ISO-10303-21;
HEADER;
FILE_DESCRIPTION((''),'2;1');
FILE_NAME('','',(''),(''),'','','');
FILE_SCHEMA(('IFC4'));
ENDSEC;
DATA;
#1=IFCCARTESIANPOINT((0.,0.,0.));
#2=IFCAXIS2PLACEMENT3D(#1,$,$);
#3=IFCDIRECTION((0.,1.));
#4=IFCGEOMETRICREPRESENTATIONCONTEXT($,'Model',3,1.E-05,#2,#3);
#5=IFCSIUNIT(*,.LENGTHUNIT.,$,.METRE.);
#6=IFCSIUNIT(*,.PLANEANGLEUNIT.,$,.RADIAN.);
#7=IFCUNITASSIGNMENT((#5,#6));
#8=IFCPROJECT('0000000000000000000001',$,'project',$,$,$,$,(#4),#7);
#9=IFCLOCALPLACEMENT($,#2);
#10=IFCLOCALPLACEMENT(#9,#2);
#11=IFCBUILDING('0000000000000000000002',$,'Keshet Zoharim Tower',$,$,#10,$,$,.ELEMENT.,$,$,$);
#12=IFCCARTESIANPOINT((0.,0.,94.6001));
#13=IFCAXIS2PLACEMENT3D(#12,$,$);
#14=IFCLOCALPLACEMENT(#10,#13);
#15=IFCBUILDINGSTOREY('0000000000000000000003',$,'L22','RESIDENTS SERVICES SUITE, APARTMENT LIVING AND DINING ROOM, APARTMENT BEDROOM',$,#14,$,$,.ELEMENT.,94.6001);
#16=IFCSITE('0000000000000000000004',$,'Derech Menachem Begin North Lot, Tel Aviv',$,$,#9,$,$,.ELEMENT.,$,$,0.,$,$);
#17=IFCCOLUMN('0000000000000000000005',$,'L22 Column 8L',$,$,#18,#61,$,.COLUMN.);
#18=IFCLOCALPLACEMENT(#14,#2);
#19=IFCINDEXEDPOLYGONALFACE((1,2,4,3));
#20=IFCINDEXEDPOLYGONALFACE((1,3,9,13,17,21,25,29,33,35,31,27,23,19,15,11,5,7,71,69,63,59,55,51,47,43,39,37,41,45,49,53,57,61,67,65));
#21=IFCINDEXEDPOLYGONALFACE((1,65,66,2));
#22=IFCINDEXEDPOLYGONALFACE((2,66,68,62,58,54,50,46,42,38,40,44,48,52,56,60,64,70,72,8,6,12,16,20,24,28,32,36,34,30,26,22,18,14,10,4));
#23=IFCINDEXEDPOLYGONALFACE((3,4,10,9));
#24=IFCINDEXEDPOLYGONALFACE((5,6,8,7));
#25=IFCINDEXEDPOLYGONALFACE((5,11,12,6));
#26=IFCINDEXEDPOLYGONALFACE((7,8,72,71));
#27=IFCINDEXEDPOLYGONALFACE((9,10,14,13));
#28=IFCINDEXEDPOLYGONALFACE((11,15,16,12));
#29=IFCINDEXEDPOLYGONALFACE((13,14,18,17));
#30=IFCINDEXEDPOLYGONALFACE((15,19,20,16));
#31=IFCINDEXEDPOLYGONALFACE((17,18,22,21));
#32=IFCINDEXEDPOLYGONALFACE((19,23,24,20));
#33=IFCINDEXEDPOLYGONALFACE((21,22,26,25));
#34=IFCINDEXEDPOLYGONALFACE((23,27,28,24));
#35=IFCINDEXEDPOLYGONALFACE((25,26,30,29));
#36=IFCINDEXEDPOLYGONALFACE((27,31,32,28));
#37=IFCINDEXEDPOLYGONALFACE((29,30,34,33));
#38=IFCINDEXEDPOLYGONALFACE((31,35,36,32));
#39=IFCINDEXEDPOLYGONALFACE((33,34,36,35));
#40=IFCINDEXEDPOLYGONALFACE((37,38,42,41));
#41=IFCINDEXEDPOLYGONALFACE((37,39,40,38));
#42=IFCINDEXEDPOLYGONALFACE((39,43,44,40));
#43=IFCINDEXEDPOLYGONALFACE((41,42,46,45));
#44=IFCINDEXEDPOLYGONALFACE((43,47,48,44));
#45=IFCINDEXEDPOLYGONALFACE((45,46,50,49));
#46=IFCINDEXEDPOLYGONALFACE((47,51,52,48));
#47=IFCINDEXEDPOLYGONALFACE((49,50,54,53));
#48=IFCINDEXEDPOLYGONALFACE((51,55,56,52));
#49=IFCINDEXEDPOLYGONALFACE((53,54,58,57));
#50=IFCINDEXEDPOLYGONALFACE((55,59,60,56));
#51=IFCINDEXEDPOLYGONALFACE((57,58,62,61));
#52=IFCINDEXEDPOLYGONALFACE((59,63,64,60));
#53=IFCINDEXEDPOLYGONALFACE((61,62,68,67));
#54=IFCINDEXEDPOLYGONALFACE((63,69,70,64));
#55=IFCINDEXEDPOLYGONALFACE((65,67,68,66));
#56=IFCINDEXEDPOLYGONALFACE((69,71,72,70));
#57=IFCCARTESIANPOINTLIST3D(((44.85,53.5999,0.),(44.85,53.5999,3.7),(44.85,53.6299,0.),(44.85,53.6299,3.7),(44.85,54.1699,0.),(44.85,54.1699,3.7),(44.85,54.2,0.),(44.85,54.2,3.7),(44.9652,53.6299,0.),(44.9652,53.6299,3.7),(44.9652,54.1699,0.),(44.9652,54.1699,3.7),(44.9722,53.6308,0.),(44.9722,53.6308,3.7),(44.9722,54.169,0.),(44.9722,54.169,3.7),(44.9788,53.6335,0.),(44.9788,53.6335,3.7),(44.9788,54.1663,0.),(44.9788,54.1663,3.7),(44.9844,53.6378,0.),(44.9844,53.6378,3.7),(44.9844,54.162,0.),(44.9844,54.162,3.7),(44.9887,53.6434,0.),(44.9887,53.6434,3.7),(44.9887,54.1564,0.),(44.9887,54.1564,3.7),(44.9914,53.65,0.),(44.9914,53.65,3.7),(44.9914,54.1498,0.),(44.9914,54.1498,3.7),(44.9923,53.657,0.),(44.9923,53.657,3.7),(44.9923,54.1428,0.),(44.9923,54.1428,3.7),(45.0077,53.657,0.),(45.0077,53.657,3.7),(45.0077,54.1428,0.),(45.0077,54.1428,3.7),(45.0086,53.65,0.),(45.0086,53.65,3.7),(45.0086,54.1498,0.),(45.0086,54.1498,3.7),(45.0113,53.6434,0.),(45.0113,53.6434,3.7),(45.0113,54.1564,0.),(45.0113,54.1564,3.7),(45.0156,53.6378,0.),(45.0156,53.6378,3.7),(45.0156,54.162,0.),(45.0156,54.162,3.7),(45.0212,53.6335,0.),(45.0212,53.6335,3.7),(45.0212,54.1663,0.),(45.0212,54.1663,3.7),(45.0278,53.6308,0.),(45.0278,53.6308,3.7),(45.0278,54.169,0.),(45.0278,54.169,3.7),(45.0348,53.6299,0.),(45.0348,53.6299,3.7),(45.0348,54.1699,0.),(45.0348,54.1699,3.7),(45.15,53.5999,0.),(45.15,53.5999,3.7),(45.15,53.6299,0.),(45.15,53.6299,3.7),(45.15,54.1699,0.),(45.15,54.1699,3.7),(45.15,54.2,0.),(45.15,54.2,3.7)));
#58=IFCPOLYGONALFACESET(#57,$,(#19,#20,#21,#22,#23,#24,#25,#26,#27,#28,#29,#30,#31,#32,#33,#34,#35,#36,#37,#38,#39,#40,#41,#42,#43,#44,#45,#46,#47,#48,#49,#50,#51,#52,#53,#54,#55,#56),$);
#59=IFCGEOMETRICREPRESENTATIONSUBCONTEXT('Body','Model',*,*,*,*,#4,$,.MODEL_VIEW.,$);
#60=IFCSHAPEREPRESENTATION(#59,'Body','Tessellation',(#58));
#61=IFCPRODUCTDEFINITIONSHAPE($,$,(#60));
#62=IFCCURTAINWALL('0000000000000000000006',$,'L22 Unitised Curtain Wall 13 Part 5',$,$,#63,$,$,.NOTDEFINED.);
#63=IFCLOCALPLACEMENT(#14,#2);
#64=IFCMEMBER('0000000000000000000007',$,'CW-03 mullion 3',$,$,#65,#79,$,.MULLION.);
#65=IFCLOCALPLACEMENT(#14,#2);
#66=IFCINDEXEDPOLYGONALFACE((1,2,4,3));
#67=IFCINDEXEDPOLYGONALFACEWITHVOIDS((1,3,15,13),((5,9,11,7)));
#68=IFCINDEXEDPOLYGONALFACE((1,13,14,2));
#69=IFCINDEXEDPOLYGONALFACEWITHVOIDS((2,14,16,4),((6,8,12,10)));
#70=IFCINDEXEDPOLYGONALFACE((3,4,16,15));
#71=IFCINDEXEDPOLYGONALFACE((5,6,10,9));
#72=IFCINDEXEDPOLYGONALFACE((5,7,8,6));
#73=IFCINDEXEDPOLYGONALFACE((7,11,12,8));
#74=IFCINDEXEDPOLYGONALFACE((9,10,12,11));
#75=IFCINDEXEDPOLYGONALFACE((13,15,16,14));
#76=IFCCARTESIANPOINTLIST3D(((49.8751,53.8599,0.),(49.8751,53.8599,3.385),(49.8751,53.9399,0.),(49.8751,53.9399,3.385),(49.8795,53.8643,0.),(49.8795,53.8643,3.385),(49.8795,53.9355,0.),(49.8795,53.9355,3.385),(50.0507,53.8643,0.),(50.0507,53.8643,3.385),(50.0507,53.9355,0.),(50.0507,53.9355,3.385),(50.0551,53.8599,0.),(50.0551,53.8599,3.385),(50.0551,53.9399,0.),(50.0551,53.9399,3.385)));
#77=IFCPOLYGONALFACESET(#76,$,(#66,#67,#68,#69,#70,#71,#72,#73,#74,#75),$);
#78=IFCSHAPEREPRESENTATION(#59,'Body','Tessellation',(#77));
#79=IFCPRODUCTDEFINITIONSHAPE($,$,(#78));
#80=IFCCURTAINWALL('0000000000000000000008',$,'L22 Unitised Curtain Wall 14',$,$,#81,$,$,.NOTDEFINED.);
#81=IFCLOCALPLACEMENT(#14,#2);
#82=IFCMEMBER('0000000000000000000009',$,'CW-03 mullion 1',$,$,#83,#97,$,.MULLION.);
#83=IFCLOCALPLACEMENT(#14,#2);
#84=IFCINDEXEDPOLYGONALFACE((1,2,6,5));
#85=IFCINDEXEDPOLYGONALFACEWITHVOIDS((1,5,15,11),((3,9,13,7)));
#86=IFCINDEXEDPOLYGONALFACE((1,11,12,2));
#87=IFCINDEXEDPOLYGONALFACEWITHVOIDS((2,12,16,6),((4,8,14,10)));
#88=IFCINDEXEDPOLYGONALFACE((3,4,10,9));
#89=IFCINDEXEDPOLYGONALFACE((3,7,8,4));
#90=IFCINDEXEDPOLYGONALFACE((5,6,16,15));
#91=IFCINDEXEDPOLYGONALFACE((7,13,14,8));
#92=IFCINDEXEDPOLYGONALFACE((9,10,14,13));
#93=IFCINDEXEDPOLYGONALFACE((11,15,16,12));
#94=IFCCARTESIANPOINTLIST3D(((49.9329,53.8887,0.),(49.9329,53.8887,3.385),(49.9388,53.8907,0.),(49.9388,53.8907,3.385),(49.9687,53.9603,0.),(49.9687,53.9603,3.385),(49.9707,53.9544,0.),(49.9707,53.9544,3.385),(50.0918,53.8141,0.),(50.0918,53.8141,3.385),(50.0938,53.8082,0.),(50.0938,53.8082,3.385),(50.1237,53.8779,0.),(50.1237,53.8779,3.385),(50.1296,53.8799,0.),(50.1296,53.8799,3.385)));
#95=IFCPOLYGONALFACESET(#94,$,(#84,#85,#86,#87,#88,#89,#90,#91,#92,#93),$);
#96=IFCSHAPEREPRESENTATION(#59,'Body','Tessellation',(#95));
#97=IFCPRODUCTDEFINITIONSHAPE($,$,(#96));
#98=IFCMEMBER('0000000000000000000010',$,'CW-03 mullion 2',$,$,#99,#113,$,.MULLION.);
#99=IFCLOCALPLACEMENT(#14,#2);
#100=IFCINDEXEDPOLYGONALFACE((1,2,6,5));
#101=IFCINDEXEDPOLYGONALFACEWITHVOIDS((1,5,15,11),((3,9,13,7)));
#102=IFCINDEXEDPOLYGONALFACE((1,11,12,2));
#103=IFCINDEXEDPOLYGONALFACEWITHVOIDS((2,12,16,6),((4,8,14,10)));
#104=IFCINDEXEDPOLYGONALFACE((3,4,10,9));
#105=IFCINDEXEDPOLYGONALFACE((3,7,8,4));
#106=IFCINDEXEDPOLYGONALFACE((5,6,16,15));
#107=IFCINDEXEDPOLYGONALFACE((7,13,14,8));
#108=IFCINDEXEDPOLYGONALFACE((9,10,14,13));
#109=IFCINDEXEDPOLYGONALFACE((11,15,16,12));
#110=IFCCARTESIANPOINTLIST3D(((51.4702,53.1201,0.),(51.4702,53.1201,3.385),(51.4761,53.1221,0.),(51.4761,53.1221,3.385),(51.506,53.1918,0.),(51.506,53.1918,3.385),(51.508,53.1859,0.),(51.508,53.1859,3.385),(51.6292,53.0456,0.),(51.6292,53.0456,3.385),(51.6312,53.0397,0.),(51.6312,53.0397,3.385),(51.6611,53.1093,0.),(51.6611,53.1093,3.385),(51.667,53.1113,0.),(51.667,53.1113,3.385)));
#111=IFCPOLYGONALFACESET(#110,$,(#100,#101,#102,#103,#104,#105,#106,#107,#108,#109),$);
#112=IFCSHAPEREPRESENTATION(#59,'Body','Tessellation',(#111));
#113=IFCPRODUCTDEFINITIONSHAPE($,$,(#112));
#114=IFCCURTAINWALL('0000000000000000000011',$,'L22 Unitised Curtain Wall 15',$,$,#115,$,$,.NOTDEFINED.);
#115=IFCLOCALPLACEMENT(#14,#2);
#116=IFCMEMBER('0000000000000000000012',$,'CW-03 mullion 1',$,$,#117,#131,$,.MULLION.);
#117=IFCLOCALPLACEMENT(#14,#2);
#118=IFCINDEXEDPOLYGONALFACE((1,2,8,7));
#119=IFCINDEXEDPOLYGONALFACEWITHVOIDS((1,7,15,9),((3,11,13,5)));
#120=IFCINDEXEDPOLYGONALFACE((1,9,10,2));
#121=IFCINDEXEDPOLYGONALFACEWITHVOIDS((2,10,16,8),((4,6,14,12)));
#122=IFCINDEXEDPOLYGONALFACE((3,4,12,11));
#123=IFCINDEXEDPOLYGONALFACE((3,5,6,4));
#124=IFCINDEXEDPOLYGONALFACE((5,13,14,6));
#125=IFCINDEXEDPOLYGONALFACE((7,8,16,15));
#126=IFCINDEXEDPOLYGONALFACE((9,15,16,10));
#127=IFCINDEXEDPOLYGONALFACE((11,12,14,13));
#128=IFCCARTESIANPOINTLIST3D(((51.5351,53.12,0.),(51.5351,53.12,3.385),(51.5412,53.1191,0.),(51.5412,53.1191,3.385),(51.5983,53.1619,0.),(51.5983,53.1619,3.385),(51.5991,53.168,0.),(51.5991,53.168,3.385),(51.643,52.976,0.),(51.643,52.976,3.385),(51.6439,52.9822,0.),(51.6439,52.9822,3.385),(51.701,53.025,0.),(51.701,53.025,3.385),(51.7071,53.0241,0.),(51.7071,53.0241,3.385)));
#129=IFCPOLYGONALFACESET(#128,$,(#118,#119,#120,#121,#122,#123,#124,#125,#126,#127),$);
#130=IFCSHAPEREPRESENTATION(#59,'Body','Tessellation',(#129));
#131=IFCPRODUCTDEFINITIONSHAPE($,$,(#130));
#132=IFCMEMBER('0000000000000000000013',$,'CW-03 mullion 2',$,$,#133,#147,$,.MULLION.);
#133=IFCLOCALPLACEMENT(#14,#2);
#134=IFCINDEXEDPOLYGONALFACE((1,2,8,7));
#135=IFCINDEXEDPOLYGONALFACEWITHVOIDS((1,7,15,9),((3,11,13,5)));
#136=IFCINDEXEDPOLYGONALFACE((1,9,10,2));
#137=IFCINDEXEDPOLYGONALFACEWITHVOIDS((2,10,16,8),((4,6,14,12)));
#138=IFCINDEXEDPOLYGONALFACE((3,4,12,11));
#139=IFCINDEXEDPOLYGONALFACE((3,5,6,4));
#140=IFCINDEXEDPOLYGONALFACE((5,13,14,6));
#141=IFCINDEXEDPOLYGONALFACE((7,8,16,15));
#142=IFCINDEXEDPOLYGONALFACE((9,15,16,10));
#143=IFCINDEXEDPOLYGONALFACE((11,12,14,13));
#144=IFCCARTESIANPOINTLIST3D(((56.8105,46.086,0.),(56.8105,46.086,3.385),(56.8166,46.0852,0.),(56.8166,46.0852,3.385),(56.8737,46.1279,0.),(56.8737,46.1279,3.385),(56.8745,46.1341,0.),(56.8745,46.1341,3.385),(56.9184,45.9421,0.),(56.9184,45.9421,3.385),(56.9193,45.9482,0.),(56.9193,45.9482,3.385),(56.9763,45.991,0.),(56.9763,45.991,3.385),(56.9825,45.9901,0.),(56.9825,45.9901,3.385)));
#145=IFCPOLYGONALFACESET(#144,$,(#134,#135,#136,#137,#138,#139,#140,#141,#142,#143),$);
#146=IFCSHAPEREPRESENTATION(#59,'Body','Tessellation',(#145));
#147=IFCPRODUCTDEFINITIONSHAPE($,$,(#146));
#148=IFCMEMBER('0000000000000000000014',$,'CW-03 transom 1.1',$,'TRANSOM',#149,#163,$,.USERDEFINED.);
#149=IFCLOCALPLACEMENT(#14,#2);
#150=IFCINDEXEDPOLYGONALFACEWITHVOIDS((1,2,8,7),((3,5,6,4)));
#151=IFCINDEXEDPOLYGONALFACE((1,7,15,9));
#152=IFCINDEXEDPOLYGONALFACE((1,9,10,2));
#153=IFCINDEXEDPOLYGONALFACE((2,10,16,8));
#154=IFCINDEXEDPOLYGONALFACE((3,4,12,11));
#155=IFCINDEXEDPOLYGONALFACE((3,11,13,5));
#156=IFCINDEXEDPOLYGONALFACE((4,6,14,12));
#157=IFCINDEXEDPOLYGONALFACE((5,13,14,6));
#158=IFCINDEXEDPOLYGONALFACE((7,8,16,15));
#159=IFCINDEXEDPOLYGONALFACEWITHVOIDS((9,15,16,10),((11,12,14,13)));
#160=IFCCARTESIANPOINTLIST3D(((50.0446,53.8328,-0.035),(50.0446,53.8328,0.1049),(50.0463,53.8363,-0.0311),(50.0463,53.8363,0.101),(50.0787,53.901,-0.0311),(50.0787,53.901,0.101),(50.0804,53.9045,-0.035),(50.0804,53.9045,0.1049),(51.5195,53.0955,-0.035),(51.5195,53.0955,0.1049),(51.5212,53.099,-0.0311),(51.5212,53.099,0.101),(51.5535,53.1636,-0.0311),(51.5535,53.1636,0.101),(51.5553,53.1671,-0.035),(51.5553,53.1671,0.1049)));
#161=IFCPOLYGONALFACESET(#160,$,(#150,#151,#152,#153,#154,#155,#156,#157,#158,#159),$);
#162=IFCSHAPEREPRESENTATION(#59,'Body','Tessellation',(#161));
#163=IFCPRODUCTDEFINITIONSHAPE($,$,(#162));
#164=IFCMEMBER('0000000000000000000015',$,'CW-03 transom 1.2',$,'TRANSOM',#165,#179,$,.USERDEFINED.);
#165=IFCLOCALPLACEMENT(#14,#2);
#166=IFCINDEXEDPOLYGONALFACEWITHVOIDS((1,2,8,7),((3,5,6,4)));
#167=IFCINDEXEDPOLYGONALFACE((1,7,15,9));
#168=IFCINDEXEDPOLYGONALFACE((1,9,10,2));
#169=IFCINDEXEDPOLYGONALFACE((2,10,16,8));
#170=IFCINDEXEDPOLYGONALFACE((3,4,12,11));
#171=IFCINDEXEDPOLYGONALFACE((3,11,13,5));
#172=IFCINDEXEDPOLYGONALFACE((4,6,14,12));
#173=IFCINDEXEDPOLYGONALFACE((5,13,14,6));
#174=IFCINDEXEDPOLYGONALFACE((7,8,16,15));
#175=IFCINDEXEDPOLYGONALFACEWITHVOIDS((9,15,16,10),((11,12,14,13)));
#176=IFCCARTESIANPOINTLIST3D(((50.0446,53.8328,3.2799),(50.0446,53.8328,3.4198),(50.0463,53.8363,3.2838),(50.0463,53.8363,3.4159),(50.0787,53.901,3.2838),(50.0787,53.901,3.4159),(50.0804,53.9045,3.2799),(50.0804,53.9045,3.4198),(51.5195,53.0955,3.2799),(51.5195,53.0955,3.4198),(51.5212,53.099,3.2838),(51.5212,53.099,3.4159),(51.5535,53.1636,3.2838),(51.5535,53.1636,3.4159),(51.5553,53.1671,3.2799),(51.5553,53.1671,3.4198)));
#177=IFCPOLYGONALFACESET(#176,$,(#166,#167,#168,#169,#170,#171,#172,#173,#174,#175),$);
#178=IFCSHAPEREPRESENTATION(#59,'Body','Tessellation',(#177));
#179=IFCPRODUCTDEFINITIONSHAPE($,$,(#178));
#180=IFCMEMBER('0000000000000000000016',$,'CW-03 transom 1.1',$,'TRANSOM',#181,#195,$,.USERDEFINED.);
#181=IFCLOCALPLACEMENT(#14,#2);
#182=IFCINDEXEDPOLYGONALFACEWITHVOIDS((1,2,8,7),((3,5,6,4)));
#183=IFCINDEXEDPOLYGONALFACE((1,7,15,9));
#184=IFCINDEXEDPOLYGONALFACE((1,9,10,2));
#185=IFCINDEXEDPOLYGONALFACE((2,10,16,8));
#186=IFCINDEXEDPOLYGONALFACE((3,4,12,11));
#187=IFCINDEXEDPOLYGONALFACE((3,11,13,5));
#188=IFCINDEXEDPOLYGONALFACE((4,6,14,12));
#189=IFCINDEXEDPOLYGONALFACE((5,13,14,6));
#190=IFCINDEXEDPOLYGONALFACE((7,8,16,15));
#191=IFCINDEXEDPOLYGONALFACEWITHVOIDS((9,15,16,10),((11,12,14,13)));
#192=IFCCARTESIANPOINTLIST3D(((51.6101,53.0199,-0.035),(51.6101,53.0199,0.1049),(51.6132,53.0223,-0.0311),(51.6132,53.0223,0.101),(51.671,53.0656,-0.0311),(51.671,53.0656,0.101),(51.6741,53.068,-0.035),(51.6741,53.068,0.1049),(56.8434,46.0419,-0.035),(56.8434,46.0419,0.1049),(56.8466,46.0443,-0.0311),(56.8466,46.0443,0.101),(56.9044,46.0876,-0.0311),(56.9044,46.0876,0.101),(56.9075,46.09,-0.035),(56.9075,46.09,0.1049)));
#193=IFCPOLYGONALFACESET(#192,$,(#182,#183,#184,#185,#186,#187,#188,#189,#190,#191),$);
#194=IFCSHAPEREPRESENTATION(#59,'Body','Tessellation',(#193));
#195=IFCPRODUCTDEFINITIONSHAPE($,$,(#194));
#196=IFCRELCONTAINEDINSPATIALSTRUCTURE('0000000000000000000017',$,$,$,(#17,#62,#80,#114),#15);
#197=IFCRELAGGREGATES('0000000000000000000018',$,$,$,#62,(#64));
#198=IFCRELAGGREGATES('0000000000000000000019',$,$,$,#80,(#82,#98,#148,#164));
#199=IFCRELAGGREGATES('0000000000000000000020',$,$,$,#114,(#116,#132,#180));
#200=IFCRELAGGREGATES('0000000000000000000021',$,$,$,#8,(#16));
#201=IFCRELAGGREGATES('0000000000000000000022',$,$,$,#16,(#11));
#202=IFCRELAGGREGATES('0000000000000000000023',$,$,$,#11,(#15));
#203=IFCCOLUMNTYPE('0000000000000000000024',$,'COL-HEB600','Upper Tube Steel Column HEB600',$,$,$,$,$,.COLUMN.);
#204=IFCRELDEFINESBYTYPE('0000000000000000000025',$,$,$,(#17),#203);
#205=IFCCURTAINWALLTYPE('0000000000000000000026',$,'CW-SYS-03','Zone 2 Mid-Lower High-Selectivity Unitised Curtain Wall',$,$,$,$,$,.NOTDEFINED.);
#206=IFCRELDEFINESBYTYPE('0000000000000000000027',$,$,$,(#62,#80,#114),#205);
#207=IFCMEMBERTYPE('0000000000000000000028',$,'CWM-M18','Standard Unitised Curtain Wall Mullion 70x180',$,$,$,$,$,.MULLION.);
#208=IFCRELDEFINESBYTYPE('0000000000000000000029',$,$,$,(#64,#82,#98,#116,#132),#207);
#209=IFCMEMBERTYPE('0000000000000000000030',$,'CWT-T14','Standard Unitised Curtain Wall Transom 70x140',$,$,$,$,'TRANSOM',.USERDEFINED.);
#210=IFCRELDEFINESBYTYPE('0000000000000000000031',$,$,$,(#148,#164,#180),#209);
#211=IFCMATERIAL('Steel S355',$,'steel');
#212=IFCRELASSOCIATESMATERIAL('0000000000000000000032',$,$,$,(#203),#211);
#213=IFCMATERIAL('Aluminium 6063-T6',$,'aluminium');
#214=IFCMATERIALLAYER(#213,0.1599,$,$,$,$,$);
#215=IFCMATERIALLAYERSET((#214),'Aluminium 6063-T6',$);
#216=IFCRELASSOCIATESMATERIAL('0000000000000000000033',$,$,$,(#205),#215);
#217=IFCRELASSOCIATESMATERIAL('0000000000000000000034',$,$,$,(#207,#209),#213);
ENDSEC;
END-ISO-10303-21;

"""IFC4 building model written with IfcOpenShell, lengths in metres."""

from ifc_helpers import new_model, si_unit, direction, frame, origin, origin_2d, place, context, subcontext, project, spatial, hollow_rectangle, i_section, extrude, material, layer, layer_set, material_profile, profile_set, type_object, element, aggregate, save


model = new_model("IFC4")

# Units and contexts
model_context = context("Model", 3, precision=1e-05, world=origin(), true_north=direction((0.0, 1.0)))
body_context = subcontext(model_context, "Body", "Model", "MODEL_VIEW")
ifc_project = project(units=[si_unit("LENGTHUNIT", "METRE"), si_unit("PLANEANGLEUNIT", "RADIAN")], contexts=[model_context])

# Site, building, storey
site_placement = place(None, origin())
site = spatial("IfcSite", under=ifc_project, at=site_placement, Name="Derech Menachem Begin North Lot, Tel Aviv", CompositionType="ELEMENT", RefElevation=0.0)
building_placement = place(site_placement, origin())
building = spatial("IfcBuilding", under=site, at=building_placement, Name="Keshet Zoharim Tower", CompositionType="ELEMENT")
storey_placement = place(building_placement, frame((0.0, 0.0, 94.6001)))
storey = spatial("IfcBuildingStorey", under=building, at=storey_placement, Name="L22", Description="RESIDENTS SERVICES SUITE, APARTMENT LIVING AND DINING ROOM, APARTMENT BEDROOM", CompositionType="ELEMENT", Elevation=94.6001)

# Column
ifc_material_1 = material(Name="Steel S355", Category="steel")
ifc_material_profile_1 = material_profile(ifc_material_1, i_section(OverallWidth=0.3, OverallDepth=0.6001, WebThickness=0.0154, FlangeThickness=0.03, FilletRadius=0.0271, at=origin_2d()), Name="HEB600")
ifc_profile_set_1 = profile_set([ifc_material_profile_1], Name="Steel S355")
column_type = type_object("IfcColumnType", Name="COL-HEB600", Description="Upper Tube Steel Column HEB600", PredefinedType="COLUMN", material=ifc_profile_set_1)
column_placement = place(storey_placement, frame((45.0, 53.8999, 0.0), z_axis=(0.0, 0.0, 1.0), x_axis=(1.0, 0.0, 0.0)))
element("IfcColumn", 1, at=column_placement, inside=storey, type_object=column_type, Name="L22 Column 8L", PredefinedType="COLUMN", context=body_context, shape_type="SweptSolid", body=[
    extrude(i_section(OverallWidth=0.3, OverallDepth=0.6001, WebThickness=0.0154, FlangeThickness=0.03, FilletRadius=0.0271, at=origin_2d()), origin(), (0.0, 0.0, 1.0), 3.7),
])

# Curtain wall, member
ifc_material_2 = material(Name="Aluminium 6063-T6", Category="aluminium")
ifc_layer_1 = layer(ifc_material_2, 0.1599)
ifc_layer_set_1 = layer_set([ifc_layer_1], Name="Aluminium 6063-T6")
curtain_wall_type = type_object("IfcCurtainWallType", Name="CW-SYS-03", Description="Zone 2 Mid-Lower High-Selectivity Unitised Curtain Wall", PredefinedType="NOTDEFINED", material=ifc_layer_set_1)
curtain_wall_1_placement = place(storey_placement, origin())
curtain_wall_1 = element("IfcCurtainWall", 2, at=curtain_wall_1_placement, inside=storey, type_object=curtain_wall_type, Name="L22 Unitised Curtain Wall 13 Part 5", PredefinedType="NOTDEFINED")
ifc_material_profile_2 = material_profile(ifc_material_2, hollow_rectangle(XDim=0.0801, YDim=0.1799, WallThickness=0.0044, at=origin_2d()), Name="MUL-80x180")
ifc_profile_set_2 = profile_set([ifc_material_profile_2], Name="Aluminium 6063-T6")
member_type_1 = type_object("IfcMemberType", Name="CWM-M18", Description="Standard Unitised Curtain Wall Mullion 70x180", PredefinedType="MULLION", material=ifc_profile_set_2)
member_1_placement = place(storey_placement, frame((49.9651, 53.8999, 0.0), z_axis=(0.0, 0.0, 1.0), x_axis=(0.0, 1.0, 0.0)))
member_1 = element("IfcMember", 3, at=member_1_placement, type_object=member_type_1, Name="CW-03 mullion 3", PredefinedType="MULLION", context=body_context, shape_type="SweptSolid", body=[
    extrude(hollow_rectangle(XDim=0.0801, YDim=0.1799, WallThickness=0.0044, at=origin_2d()), origin(), (0.0, 0.0, 1.0), 3.385),
])

# Curtain walls, members
curtain_wall_2_placement = place(storey_placement, origin())
curtain_wall_2 = element("IfcCurtainWall", 4, at=curtain_wall_2_placement, inside=storey, type_object=curtain_wall_type, Name="L22 Unitised Curtain Wall 14", PredefinedType="NOTDEFINED")
member_2_placement = place(storey_placement, frame((50.0312, 53.8843, 0.0), z_axis=(0.0, 0.0, 1.0), x_axis=(0.447214, 0.894427, 0.0)))
member_2 = element("IfcMember", 5, at=member_2_placement, type_object=member_type_1, Name="CW-03 mullion 1", PredefinedType="MULLION", context=body_context, shape_type="SweptSolid", body=[
    extrude(hollow_rectangle(XDim=0.0801, YDim=0.1799, WallThickness=0.0044, at=origin_2d()), origin(), (0.0, 0.0, 1.0), 3.385),
])
member_3_placement = place(storey_placement, frame((51.5686, 53.1157, 0.0), z_axis=(0.0, 0.0, 1.0), x_axis=(0.447214, 0.894427, 0.0)))
member_3 = element("IfcMember", 6, at=member_3_placement, type_object=member_type_1, Name="CW-03 mullion 2", PredefinedType="MULLION", context=body_context, shape_type="SweptSolid", body=[
    extrude(hollow_rectangle(XDim=0.0801, YDim=0.1799, WallThickness=0.0044, at=origin_2d()), origin(), (0.0, 0.0, 1.0), 3.385),
])
curtain_wall_3_placement = place(storey_placement, origin())
curtain_wall_3 = element("IfcCurtainWall", 7, at=curtain_wall_3_placement, inside=storey, type_object=curtain_wall_type, Name="L22 Unitised Curtain Wall 15", PredefinedType="NOTDEFINED")
member_4_placement = place(storey_placement, frame((51.6211, 53.072, 0.0), z_axis=(0.0, 0.0, 1.0), x_axis=(0.8, 0.6, 0.0)))
member_4 = element("IfcMember", 8, at=member_4_placement, type_object=member_type_1, Name="CW-03 mullion 1", PredefinedType="MULLION", context=body_context, shape_type="SweptSolid", body=[
    extrude(hollow_rectangle(XDim=0.0801, YDim=0.1799, WallThickness=0.0044, at=origin_2d()), origin(), (0.0, 0.0, 1.0), 3.385),
])
member_5_placement = place(storey_placement, frame((56.8965, 46.0381, 0.0), z_axis=(0.0, 0.0, 1.0), x_axis=(0.8, 0.6, 0.0)))
member_5 = element("IfcMember", 9, at=member_5_placement, type_object=member_type_1, Name="CW-03 mullion 2", PredefinedType="MULLION", context=body_context, shape_type="SweptSolid", body=[
    extrude(hollow_rectangle(XDim=0.0801, YDim=0.1799, WallThickness=0.0044, at=origin_2d()), origin(), (0.0, 0.0, 1.0), 3.385),
])

# Members
ifc_material_profile_3 = material_profile(ifc_material_2, hollow_rectangle(XDim=0.0801, YDim=0.1399, WallThickness=0.0039, at=origin_2d()), Name="TRN-80x140")
ifc_profile_set_3 = profile_set([ifc_material_profile_3], Name="Aluminium 6063-T6")
member_type_2 = type_object("IfcMemberType", Name="CWT-T14", Description="Standard Unitised Curtain Wall Transom 70x140", ElementType="TRANSOM", PredefinedType="USERDEFINED", material=ifc_profile_set_3)
member_6_placement = place(storey_placement, frame((50.0625, 53.8687, 0.0349), z_axis=(0.894457, -0.447154, 0.0), x_axis=(0.447154, 0.894457, 0.0)))
member_6 = element("IfcMember", 10, at=member_6_placement, type_object=member_type_2, Name="CW-03 transom 1.1", ObjectType="TRANSOM", PredefinedType="USERDEFINED", context=body_context, shape_type="SweptSolid", body=[
    extrude(hollow_rectangle(XDim=0.0801, YDim=0.1399, WallThickness=0.0039, at=origin_2d()), origin(), (0.0, 0.0, 1.0), 1.6489),
])
member_7_placement = place(storey_placement, frame((50.0625, 53.8687, 3.3499), z_axis=(0.894457, -0.447154, 0.0), x_axis=(0.447154, 0.894457, 0.0)))
member_7 = element("IfcMember", 11, at=member_7_placement, type_object=member_type_2, Name="CW-03 transom 1.2", ObjectType="TRANSOM", PredefinedType="USERDEFINED", context=body_context, shape_type="SweptSolid", body=[
    extrude(hollow_rectangle(XDim=0.0801, YDim=0.1399, WallThickness=0.0039, at=origin_2d()), origin(), (0.0, 0.0, 1.0), 1.6489),
])
member_8_placement = place(storey_placement, frame((51.6421, 53.0439, 0.0349), z_axis=(0.599991, -0.800007, 0.0), x_axis=(0.800007, 0.599991, 0.0)))
member_8 = element("IfcMember", 12, at=member_8_placement, type_object=member_type_2, Name="CW-03 transom 1.1", ObjectType="TRANSOM", PredefinedType="USERDEFINED", context=body_context, shape_type="SweptSolid", body=[
    extrude(hollow_rectangle(XDim=0.0801, YDim=0.1399, WallThickness=0.0039, at=origin_2d()), origin(), (0.0, 0.0, 1.0), 8.7224),
])

aggregate(curtain_wall_1, [member_1])
aggregate(curtain_wall_2, [member_2, member_3, member_6, member_7])
aggregate(curtain_wall_3, [member_4, member_5, member_8])

save(model, "model.ifc")
